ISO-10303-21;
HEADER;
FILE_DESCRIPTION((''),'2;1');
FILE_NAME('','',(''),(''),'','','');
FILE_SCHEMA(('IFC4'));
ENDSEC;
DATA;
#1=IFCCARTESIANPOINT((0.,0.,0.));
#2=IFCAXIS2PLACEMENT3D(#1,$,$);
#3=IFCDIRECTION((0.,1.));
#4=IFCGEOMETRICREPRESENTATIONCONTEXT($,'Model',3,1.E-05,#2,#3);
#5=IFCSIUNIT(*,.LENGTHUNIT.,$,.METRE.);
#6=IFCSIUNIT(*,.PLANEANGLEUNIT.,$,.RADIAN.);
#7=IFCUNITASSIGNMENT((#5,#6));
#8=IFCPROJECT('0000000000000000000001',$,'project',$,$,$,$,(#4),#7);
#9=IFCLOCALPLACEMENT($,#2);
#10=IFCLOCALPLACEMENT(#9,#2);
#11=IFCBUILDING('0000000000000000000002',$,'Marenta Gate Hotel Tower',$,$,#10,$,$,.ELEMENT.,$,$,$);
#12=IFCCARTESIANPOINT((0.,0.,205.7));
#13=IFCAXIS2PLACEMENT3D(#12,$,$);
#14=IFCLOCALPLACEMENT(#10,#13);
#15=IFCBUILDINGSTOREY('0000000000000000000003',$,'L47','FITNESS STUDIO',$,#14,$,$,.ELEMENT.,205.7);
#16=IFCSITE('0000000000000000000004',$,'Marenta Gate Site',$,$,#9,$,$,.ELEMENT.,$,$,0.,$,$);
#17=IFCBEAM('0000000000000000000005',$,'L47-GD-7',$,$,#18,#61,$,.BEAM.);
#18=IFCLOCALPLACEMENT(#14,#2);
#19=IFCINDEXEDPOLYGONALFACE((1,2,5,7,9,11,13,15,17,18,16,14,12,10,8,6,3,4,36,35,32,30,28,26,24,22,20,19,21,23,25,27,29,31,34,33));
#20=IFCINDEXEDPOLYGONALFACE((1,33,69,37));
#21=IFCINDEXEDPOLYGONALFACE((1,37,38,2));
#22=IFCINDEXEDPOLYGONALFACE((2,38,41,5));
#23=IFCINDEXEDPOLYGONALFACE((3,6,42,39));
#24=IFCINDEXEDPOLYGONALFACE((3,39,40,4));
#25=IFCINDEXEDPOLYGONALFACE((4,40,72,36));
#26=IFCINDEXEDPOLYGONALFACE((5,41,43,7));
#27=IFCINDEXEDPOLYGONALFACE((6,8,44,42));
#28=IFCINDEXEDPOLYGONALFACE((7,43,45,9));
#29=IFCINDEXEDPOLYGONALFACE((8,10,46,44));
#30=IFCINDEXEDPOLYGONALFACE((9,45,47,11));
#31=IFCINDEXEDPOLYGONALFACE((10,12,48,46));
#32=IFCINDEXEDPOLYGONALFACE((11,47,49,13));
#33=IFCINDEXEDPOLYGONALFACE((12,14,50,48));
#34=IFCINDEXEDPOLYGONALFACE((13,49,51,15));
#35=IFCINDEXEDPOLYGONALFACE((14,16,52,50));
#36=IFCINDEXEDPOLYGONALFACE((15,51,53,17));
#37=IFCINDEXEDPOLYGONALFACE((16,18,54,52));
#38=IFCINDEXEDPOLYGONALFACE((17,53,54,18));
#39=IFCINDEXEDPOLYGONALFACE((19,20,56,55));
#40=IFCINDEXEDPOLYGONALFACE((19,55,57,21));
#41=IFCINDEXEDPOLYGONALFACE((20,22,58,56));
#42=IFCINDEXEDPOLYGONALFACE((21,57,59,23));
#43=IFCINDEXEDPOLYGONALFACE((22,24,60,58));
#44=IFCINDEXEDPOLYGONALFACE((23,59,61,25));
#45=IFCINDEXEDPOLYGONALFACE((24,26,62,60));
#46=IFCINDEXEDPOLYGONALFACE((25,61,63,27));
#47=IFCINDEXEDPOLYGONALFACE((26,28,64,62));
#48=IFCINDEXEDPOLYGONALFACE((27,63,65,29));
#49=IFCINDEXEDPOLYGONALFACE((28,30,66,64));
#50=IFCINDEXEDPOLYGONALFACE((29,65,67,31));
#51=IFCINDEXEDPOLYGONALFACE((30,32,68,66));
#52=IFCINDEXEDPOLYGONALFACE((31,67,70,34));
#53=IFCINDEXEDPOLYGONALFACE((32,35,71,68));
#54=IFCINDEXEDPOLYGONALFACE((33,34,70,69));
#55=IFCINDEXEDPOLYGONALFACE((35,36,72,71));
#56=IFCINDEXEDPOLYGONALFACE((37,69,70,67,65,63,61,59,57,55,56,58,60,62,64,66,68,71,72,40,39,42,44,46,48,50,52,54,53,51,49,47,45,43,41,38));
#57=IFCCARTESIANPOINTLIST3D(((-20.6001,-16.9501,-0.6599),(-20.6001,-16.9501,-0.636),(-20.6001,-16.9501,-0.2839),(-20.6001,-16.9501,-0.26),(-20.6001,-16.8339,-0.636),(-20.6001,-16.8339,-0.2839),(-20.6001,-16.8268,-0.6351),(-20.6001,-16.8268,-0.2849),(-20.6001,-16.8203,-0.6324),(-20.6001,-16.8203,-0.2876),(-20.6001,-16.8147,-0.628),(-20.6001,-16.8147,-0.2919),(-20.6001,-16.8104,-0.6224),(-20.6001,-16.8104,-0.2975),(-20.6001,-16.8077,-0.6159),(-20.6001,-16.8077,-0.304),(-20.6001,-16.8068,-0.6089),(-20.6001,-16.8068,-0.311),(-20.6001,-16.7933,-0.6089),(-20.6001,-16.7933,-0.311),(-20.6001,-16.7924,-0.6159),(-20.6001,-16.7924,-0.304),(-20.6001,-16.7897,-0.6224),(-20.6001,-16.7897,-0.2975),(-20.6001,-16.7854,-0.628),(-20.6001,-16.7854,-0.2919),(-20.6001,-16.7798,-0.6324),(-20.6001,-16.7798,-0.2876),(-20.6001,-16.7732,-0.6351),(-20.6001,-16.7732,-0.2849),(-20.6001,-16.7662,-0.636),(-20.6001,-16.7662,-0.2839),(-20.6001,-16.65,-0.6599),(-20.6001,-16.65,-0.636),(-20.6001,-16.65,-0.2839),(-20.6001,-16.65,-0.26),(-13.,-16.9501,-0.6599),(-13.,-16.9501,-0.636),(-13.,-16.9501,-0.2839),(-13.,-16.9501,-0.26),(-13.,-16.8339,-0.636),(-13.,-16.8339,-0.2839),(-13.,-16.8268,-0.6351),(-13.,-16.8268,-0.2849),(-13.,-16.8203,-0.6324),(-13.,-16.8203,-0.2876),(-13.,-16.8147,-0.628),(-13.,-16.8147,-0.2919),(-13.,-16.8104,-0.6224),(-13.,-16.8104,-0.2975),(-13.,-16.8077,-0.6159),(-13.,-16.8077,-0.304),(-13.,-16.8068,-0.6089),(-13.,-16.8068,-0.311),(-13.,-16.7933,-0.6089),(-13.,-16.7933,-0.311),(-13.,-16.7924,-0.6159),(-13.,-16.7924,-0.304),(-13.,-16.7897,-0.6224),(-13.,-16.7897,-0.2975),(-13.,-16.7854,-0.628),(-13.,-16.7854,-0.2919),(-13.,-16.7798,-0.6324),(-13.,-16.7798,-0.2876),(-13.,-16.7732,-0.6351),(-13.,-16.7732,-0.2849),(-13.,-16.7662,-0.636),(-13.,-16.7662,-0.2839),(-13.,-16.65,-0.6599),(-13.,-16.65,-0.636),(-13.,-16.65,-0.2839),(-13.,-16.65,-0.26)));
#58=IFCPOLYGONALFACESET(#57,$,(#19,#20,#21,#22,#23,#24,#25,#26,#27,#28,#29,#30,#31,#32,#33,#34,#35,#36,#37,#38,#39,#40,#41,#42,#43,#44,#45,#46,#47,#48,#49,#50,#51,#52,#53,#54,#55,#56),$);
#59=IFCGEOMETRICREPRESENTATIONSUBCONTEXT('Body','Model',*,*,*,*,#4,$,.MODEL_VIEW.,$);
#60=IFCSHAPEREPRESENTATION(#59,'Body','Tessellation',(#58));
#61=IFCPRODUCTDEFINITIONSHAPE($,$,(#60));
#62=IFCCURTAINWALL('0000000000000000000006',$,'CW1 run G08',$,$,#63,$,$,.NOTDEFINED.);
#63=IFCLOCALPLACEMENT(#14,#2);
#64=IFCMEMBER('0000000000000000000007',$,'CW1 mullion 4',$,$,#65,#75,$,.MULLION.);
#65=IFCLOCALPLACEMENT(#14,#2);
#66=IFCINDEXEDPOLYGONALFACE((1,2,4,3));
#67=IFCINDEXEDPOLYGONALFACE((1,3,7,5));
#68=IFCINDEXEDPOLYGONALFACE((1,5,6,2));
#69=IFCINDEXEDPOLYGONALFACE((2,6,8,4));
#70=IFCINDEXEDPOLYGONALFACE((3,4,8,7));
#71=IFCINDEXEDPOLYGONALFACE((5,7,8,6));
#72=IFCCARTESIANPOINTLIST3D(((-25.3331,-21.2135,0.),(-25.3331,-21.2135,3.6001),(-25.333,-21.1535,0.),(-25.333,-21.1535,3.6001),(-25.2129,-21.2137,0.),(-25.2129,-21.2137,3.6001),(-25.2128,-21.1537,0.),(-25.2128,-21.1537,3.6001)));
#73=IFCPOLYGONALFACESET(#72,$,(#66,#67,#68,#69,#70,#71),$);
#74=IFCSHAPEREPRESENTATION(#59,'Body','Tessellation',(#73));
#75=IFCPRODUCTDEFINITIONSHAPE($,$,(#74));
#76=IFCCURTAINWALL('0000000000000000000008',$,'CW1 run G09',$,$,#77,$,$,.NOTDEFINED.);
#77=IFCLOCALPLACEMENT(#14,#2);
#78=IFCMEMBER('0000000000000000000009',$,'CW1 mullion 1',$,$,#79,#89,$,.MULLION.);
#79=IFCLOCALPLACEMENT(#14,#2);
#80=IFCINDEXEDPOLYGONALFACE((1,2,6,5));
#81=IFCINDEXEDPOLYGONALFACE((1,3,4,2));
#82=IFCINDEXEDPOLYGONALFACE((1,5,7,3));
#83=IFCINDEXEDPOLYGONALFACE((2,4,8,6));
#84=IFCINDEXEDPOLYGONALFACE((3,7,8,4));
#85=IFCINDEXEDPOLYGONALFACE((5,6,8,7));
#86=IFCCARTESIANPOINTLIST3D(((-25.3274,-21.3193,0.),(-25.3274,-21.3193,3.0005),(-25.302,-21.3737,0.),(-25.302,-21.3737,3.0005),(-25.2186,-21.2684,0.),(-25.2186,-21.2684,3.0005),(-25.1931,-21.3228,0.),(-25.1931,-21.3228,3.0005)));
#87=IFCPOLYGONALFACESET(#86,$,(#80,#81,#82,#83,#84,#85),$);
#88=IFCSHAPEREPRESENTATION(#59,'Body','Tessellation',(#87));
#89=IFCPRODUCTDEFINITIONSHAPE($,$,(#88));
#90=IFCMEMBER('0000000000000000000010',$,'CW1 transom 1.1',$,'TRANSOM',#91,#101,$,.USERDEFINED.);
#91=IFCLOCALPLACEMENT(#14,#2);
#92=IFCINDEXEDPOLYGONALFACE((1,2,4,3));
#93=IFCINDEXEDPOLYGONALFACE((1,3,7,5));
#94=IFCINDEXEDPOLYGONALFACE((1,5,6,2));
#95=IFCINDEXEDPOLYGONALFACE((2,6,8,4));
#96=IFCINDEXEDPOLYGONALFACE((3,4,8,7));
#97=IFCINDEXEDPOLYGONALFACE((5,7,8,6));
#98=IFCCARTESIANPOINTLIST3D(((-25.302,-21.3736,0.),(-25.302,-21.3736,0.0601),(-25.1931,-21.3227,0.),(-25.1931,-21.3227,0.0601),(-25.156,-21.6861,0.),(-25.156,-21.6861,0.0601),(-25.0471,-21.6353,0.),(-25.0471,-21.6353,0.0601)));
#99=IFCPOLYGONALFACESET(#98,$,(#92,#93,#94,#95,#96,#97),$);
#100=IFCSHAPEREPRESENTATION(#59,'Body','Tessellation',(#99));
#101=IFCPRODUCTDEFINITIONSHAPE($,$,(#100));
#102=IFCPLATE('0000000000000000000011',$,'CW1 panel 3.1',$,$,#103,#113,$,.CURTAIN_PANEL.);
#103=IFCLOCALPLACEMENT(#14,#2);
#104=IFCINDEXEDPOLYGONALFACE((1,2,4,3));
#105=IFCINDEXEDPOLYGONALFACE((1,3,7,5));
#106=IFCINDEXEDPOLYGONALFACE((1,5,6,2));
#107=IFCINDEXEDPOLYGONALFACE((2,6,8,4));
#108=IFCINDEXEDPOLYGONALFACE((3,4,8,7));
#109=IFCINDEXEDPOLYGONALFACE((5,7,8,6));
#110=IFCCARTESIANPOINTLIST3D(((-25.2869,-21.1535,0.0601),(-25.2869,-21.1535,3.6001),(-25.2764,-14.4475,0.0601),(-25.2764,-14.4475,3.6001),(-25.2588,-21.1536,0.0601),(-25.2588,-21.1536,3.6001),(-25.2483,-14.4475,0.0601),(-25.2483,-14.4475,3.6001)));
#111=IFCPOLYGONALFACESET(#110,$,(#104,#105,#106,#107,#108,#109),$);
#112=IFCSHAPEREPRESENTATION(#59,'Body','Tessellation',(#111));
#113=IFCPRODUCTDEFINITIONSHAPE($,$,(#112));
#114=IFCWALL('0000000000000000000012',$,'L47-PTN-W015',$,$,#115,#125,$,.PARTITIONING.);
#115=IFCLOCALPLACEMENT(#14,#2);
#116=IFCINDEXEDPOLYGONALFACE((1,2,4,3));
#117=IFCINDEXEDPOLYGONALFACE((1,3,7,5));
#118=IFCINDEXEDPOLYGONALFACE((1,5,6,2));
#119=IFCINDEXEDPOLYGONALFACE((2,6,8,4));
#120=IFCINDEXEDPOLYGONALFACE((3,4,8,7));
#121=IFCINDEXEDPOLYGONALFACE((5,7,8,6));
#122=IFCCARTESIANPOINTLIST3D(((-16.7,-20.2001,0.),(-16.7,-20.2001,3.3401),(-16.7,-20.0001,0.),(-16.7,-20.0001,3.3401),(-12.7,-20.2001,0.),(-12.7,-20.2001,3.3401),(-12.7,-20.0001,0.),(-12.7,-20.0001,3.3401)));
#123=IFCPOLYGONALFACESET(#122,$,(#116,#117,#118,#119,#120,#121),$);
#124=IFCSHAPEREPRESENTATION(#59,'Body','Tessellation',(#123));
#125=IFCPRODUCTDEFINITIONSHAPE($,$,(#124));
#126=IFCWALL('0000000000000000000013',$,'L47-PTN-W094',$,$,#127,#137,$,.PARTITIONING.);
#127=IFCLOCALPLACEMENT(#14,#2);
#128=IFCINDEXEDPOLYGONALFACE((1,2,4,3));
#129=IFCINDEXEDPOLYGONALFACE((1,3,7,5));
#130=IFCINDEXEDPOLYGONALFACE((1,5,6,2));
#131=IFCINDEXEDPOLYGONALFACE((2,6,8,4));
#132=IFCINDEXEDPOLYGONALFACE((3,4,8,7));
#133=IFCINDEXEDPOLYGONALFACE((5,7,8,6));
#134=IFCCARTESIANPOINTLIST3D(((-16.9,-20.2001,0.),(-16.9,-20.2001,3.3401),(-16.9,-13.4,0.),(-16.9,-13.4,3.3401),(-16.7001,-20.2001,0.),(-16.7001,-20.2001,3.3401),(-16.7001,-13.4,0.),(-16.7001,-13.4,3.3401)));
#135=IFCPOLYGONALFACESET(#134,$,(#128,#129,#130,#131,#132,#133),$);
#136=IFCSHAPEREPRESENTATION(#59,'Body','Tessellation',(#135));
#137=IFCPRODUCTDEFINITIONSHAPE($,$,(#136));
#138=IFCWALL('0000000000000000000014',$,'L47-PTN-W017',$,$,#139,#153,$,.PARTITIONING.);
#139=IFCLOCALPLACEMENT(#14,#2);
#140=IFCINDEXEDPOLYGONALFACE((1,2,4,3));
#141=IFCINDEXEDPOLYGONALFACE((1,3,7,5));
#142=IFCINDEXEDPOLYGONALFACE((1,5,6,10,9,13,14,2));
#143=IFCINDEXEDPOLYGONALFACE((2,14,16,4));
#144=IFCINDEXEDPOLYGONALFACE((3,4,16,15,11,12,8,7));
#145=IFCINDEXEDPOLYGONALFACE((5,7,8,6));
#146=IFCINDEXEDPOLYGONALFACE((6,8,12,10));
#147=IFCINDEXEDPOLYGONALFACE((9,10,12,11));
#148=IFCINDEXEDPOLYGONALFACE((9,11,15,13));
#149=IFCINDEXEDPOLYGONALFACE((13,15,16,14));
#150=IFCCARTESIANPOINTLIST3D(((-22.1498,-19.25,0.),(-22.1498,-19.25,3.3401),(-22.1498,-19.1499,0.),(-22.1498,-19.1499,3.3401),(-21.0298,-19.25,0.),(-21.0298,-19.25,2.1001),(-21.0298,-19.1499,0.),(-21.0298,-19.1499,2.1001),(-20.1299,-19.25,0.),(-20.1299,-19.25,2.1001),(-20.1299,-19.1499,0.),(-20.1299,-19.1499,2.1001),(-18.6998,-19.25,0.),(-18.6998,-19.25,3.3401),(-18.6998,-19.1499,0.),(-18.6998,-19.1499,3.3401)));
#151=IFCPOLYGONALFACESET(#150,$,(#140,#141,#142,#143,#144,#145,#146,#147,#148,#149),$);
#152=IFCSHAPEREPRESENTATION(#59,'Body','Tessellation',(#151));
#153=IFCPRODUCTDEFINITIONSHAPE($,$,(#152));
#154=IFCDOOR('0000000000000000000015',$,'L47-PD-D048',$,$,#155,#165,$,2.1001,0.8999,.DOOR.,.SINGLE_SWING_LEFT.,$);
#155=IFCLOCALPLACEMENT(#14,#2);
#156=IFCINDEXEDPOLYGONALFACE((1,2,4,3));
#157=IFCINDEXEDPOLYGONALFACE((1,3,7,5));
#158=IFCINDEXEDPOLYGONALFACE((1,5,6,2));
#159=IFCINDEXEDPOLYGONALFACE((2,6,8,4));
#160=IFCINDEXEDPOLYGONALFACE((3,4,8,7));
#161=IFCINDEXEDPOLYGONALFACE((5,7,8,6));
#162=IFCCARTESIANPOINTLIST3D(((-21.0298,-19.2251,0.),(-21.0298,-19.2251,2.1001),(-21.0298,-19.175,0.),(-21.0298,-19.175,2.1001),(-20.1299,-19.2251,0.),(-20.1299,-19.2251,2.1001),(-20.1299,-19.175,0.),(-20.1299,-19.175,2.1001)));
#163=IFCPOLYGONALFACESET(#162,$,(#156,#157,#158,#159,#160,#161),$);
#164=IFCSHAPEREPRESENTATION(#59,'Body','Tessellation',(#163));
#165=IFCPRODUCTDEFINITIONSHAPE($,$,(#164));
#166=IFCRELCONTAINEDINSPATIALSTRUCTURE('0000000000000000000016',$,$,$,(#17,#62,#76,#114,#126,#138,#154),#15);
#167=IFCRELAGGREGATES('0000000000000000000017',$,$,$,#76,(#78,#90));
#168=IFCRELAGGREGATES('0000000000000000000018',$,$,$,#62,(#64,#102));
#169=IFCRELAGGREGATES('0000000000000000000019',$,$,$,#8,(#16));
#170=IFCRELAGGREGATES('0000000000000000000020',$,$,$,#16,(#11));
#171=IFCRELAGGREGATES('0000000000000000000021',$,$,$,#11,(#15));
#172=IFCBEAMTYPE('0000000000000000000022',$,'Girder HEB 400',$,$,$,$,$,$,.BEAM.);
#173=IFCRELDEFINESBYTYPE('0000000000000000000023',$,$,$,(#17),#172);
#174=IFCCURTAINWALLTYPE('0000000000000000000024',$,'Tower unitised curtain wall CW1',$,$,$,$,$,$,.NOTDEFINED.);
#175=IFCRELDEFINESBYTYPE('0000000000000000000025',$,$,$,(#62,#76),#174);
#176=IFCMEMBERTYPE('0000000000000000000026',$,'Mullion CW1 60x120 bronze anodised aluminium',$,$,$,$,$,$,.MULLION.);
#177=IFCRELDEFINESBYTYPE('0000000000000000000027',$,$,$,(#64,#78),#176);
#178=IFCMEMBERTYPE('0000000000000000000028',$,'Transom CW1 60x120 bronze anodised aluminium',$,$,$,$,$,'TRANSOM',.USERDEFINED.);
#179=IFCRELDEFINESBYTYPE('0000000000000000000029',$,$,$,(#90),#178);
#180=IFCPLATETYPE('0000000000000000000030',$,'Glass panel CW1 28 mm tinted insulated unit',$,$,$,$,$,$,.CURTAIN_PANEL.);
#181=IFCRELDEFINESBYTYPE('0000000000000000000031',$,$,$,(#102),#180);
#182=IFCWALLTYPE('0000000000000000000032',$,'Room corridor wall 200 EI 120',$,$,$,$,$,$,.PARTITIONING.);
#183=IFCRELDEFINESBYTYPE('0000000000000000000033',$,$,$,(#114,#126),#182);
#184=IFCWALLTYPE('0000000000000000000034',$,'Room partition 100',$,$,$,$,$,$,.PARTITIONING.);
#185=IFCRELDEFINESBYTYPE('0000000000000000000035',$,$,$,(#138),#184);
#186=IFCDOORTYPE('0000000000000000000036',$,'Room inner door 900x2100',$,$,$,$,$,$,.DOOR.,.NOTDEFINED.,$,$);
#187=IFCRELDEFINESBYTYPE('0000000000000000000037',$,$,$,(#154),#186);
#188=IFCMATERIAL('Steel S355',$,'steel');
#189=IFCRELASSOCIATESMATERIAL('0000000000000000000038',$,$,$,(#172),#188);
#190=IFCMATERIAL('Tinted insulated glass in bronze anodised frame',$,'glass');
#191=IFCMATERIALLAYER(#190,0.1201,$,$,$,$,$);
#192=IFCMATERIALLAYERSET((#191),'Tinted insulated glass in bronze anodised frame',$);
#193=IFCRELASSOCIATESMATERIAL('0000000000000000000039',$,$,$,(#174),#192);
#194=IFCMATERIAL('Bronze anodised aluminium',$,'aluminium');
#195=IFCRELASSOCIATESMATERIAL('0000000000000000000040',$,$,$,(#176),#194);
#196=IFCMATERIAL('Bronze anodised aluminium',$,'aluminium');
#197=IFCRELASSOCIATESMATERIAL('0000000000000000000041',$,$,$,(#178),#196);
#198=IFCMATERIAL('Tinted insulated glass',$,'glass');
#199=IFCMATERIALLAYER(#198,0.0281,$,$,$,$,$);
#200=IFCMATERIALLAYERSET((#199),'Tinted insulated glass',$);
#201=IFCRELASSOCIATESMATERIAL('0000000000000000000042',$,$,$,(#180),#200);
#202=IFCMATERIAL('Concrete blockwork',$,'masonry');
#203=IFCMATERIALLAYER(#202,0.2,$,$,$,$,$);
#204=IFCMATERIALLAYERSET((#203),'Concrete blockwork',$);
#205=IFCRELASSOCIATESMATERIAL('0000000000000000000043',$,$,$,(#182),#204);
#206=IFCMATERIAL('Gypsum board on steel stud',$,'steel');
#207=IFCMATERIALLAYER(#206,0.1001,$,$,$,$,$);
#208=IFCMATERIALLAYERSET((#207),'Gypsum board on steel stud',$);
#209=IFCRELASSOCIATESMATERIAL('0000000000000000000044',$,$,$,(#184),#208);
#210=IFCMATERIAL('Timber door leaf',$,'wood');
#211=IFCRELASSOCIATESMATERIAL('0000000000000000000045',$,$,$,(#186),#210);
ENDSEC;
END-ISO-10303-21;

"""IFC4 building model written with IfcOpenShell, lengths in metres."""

from ifc_helpers import new_model, si_unit, direction, frame, frame_2d, origin, origin_2d, place, context, subcontext, project, spatial, rectangle, i_section, extrude, material, layer, layer_set, material_profile, profile_set, type_object, element, fill, aggregate, save


model = new_model("IFC4")

# Units and contexts
model_context = context("Model", 3, precision=1e-05, world=origin(), true_north=direction((0.0, 1.0)))
body_context = subcontext(model_context, "Body", "Model", "MODEL_VIEW")
ifc_project = project(units=[si_unit("LENGTHUNIT", "METRE"), si_unit("PLANEANGLEUNIT", "RADIAN")], contexts=[model_context])

# Site, building, storey
site_placement = place(None, origin())
site = spatial("IfcSite", under=ifc_project, at=site_placement, Name="Marenta Gate Site", CompositionType="ELEMENT", RefElevation=0.0)
building_placement = place(site_placement, origin())
building = spatial("IfcBuilding", under=site, at=building_placement, Name="Marenta Gate Hotel Tower", CompositionType="ELEMENT")
storey_placement = place(building_placement, frame((0.0, 0.0, 205.7)))
storey = spatial("IfcBuildingStorey", under=building, at=storey_placement, Name="L47", Description="FITNESS STUDIO", CompositionType="ELEMENT", Elevation=205.7)

# Beam
ifc_material_1 = material(Name="Steel S355", Category="steel")
ifc_material_profile_1 = material_profile(ifc_material_1, i_section(OverallWidth=0.3, OverallDepth=0.3999, WebThickness=0.0134, FlangeThickness=0.0239, FilletRadius=0.0271, at=origin_2d()), Name="HEB 400")
ifc_profile_set_1 = profile_set([ifc_material_profile_1], Name="Steel S355")
beam_type_1 = type_object("IfcBeamType", Name="Girder HEB 400", PredefinedType="BEAM", material=ifc_profile_set_1)
beam_1_placement = place(storey_placement, frame((-20.6001, -16.8, -0.46), z_axis=(1.0, 0.0, 0.0), x_axis=(0.0, 1.0, 0.0)))
element("IfcBeam", 1, at=beam_1_placement, inside=storey, type_object=beam_type_1, Name="L47-GD-7", PredefinedType="BEAM", context=body_context, shape_type="SweptSolid", body=[
    extrude(i_section(OverallWidth=0.3, OverallDepth=0.3999, WebThickness=0.0134, FlangeThickness=0.0239, FilletRadius=0.0271, at=origin_2d()), origin(), (0.0, 0.0, 1.0), 7.6001),
])

# Curtain wall, member
ifc_material_2 = material(Name="Tinted insulated glass in bronze anodised frame", Category="glass")
ifc_layer_1 = layer(ifc_material_2, 0.1201)
ifc_layer_set_1 = layer_set([ifc_layer_1], Name="Tinted insulated glass in bronze anodised frame")
curtain_wall_type = type_object("IfcCurtainWallType", Name="Tower unitised curtain wall CW1", PredefinedType="NOTDEFINED", material=ifc_layer_set_1)
curtain_wall_1_placement = place(storey_placement, origin())
curtain_wall_1 = element("IfcCurtainWall", 2, at=curtain_wall_1_placement, inside=storey, type_object=curtain_wall_type, Name="CW1 run G08", PredefinedType="NOTDEFINED")
ifc_material_3 = material(Name="Bronze anodised aluminium", Category="aluminium")
ifc_material_profile_2 = material_profile(ifc_material_3, rectangle(XDim=0.1201, YDim=0.0601, at=origin_2d()), Name="Mullion CW1 60x120 bronze anodised aluminium")
ifc_profile_set_2 = profile_set([ifc_material_profile_2], Name="Bronze anodised aluminium")
member_type_1 = type_object("IfcMemberType", Name="Mullion CW1 60x120 bronze anodised aluminium", PredefinedType="MULLION", material=ifc_profile_set_2)
member_1_placement = place(storey_placement, frame((-25.2729, -21.1836, 0.0), z_axis=(0.0, 0.0, 1.0), x_axis=(0.999999, -0.001565, 0.0)))
member_1 = element("IfcMember", 3, at=member_1_placement, type_object=member_type_1, Name="CW1 mullion 4", PredefinedType="MULLION", context=body_context, shape_type="SweptSolid", body=[
    extrude(rectangle(XDim=0.1201, YDim=0.0601, at=origin_2d()), origin(), (0.0, 0.0, 1.0), 3.6001),
])

# Curtain wall, members
curtain_wall_2_placement = place(storey_placement, origin())
curtain_wall_2 = element("IfcCurtainWall", 4, at=curtain_wall_2_placement, inside=storey, type_object=curtain_wall_type, Name="CW1 run G09", PredefinedType="NOTDEFINED")
member_2_placement = place(storey_placement, frame((-25.2603, -21.321, 0.0), z_axis=(0.0, 0.0, 1.0), x_axis=(0.905968, 0.423345, 0.0)))
member_2 = element("IfcMember", 5, at=member_2_placement, type_object=member_type_1, Name="CW1 mullion 1", PredefinedType="MULLION", context=body_context, shape_type="SweptSolid", body=[
    extrude(rectangle(XDim=0.1201, YDim=0.0601, at=origin_2d()), origin(), (0.0, 0.0, 1.0), 3.0005),
])
ifc_material_4 = material(Name="Bronze anodised aluminium", Category="aluminium")
ifc_material_profile_3 = material_profile(ifc_material_4, rectangle(XDim=0.1201, YDim=0.0601, at=origin_2d()), Name="Transom CW1 60x120 bronze anodised aluminium")
ifc_profile_set_3 = profile_set([ifc_material_profile_3], Name="Bronze anodised aluminium")
member_type_2 = type_object("IfcMemberType", Name="Transom CW1 60x120 bronze anodised aluminium", ElementType="TRANSOM", PredefinedType="USERDEFINED", material=ifc_profile_set_3)
member_3_placement = place(storey_placement, frame((-25.2476, -21.3481, 0.03), z_axis=(0.423273, -0.906002, 0.0), x_axis=(0.906002, 0.423273, 0.0)))
member_3 = element("IfcMember", 6, at=member_3_placement, type_object=member_type_2, Name="CW1 transom 1.1", ObjectType="TRANSOM", PredefinedType="USERDEFINED", context=body_context, shape_type="SweptSolid", body=[
    extrude(rectangle(XDim=0.1201, YDim=0.0601, at=origin_2d()), origin(), (0.0, 0.0, 1.0), 0.345),
])
aggregate(curtain_wall_2, [member_2, member_3])

# Plate
ifc_material_5 = material(Name="Tinted insulated glass", Category="glass")
ifc_layer_2 = layer(ifc_material_5, 0.0281)
ifc_layer_set_2 = layer_set([ifc_layer_2], Name="Tinted insulated glass")
plate_type = type_object("IfcPlateType", Name="Glass panel CW1 28 mm tinted insulated unit", PredefinedType="CURTAIN_PANEL", material=ifc_layer_set_2)
plate_placement = place(storey_placement, frame((-25.2676, -17.8005, 0.0601), z_axis=(0.0, 0.0, 1.0), x_axis=(-0.001565, -0.999999, 0.0)))
plate = element("IfcPlate", 7, at=plate_placement, type_object=plate_type, Name="CW1 panel 3.1", PredefinedType="CURTAIN_PANEL", context=body_context, shape_type="SweptSolid", body=[
    extrude(rectangle(XDim=6.7061, YDim=0.0281, at=origin_2d()), origin(), (0.0, 0.0, 1.0), 3.54),
])
aggregate(curtain_wall_1, [member_1, plate])

# Walls
ifc_material_6 = material(Name="Concrete blockwork", Category="masonry")
ifc_layer_3 = layer(ifc_material_6, 0.2)
ifc_layer_set_3 = layer_set([ifc_layer_3], Name="Concrete blockwork")
wall_type_1 = type_object("IfcWallType", Name="Room corridor wall 200 EI 120", PredefinedType="PARTITIONING", material=ifc_layer_set_3)
wall_1_placement = place(storey_placement, frame((-16.7, -20.1001, 0.0), z_axis=(0.0, 0.0, 1.0), x_axis=(1.0, 0.0, 0.0)))
element("IfcWall", 8, at=wall_1_placement, inside=storey, type_object=wall_type_1, Name="L47-PTN-W015", PredefinedType="PARTITIONING", context=body_context, shape_type="SweptSolid", body=[
    extrude(rectangle(XDim=4.0, YDim=0.2, at=frame_2d((2.0, 0.0))), origin(), (0.0, 0.0, 1.0), 3.3401),
])
wall_2_placement = place(storey_placement, frame((-16.8, -20.2, 0.0), z_axis=(0.0, 0.0, 1.0), x_axis=(0.0, 1.0, 0.0)))
element("IfcWall", 9, at=wall_2_placement, inside=storey, type_object=wall_type_1, Name="L47-PTN-W094", PredefinedType="PARTITIONING", context=body_context, shape_type="SweptSolid", body=[
    extrude(rectangle(XDim=6.8, YDim=0.2, at=frame_2d((3.3999, 0.0))), origin(), (0.0, 0.0, 1.0), 3.3401),
])

# Wall, opening, door
ifc_material_7 = material(Name="Gypsum board on steel stud", Category="steel")
ifc_layer_4 = layer(ifc_material_7, 0.1001)
ifc_layer_set_4 = layer_set([ifc_layer_4], Name="Gypsum board on steel stud")
wall_type_2 = type_object("IfcWallType", Name="Room partition 100", PredefinedType="PARTITIONING", material=ifc_layer_set_4)
wall_3_placement = place(storey_placement, frame((-22.1499, -19.2, 0.0), z_axis=(0.0, 0.0, 1.0), x_axis=(1.0, 0.0, 0.0)))
wall_3 = element("IfcWall", 10, at=wall_3_placement, inside=storey, type_object=wall_type_2, Name="L47-PTN-W017", PredefinedType="PARTITIONING", context=body_context, shape_type="SweptSolid", body=[
    extrude(rectangle(XDim=3.45, YDim=0.1001, at=frame_2d((1.7251, 0.0))), origin(), (0.0, 0.0, 1.0), 3.3401),
])
opening_1_placement = place(wall_3_placement, frame((1.1201, 0.0, 0.0)))
opening_1 = element("IfcOpeningElement", 11, at=opening_1_placement, cuts=wall_3, PredefinedType="OPENING", context=body_context, shape_type="SweptSolid", body=[
    extrude(rectangle(XDim=0.8999, YDim=2.1001, at=frame_2d((0.45, 1.05))), frame((0.0, 0.05, 0.0), z_axis=(0.0, -1.0, 0.0), x_axis=(1.0, 0.0, 0.0)), (0.0, 0.0, 1.0), 0.1001),
])
ifc_material_8 = material(Name="Timber door leaf", Category="wood")
door_type_1 = type_object("IfcDoorType", Name="Room inner door 900x2100", OperationType="NOTDEFINED", PredefinedType="DOOR", material=ifc_material_8)
door_1_placement = place(opening_1_placement, origin())
door_1 = element("IfcDoor", 12, at=door_1_placement, inside=storey, type_object=door_type_1, Name="L47-PD-D048", OperationType="SINGLE_SWING_LEFT", OverallHeight=2.1001, OverallWidth=0.8999, PredefinedType="DOOR", context=body_context, shape_type="SweptSolid", body=[
    extrude(rectangle(XDim=0.8999, YDim=2.1001, at=frame_2d((0.45, 1.05))), frame((0.0, 0.0249, 0.0), z_axis=(0.0, -1.0, 0.0), x_axis=(1.0, 0.0, 0.0)), (0.0, 0.0, 1.0), 0.05),
])
fill(opening_1, door_1)

save(model, "model.ifc")
